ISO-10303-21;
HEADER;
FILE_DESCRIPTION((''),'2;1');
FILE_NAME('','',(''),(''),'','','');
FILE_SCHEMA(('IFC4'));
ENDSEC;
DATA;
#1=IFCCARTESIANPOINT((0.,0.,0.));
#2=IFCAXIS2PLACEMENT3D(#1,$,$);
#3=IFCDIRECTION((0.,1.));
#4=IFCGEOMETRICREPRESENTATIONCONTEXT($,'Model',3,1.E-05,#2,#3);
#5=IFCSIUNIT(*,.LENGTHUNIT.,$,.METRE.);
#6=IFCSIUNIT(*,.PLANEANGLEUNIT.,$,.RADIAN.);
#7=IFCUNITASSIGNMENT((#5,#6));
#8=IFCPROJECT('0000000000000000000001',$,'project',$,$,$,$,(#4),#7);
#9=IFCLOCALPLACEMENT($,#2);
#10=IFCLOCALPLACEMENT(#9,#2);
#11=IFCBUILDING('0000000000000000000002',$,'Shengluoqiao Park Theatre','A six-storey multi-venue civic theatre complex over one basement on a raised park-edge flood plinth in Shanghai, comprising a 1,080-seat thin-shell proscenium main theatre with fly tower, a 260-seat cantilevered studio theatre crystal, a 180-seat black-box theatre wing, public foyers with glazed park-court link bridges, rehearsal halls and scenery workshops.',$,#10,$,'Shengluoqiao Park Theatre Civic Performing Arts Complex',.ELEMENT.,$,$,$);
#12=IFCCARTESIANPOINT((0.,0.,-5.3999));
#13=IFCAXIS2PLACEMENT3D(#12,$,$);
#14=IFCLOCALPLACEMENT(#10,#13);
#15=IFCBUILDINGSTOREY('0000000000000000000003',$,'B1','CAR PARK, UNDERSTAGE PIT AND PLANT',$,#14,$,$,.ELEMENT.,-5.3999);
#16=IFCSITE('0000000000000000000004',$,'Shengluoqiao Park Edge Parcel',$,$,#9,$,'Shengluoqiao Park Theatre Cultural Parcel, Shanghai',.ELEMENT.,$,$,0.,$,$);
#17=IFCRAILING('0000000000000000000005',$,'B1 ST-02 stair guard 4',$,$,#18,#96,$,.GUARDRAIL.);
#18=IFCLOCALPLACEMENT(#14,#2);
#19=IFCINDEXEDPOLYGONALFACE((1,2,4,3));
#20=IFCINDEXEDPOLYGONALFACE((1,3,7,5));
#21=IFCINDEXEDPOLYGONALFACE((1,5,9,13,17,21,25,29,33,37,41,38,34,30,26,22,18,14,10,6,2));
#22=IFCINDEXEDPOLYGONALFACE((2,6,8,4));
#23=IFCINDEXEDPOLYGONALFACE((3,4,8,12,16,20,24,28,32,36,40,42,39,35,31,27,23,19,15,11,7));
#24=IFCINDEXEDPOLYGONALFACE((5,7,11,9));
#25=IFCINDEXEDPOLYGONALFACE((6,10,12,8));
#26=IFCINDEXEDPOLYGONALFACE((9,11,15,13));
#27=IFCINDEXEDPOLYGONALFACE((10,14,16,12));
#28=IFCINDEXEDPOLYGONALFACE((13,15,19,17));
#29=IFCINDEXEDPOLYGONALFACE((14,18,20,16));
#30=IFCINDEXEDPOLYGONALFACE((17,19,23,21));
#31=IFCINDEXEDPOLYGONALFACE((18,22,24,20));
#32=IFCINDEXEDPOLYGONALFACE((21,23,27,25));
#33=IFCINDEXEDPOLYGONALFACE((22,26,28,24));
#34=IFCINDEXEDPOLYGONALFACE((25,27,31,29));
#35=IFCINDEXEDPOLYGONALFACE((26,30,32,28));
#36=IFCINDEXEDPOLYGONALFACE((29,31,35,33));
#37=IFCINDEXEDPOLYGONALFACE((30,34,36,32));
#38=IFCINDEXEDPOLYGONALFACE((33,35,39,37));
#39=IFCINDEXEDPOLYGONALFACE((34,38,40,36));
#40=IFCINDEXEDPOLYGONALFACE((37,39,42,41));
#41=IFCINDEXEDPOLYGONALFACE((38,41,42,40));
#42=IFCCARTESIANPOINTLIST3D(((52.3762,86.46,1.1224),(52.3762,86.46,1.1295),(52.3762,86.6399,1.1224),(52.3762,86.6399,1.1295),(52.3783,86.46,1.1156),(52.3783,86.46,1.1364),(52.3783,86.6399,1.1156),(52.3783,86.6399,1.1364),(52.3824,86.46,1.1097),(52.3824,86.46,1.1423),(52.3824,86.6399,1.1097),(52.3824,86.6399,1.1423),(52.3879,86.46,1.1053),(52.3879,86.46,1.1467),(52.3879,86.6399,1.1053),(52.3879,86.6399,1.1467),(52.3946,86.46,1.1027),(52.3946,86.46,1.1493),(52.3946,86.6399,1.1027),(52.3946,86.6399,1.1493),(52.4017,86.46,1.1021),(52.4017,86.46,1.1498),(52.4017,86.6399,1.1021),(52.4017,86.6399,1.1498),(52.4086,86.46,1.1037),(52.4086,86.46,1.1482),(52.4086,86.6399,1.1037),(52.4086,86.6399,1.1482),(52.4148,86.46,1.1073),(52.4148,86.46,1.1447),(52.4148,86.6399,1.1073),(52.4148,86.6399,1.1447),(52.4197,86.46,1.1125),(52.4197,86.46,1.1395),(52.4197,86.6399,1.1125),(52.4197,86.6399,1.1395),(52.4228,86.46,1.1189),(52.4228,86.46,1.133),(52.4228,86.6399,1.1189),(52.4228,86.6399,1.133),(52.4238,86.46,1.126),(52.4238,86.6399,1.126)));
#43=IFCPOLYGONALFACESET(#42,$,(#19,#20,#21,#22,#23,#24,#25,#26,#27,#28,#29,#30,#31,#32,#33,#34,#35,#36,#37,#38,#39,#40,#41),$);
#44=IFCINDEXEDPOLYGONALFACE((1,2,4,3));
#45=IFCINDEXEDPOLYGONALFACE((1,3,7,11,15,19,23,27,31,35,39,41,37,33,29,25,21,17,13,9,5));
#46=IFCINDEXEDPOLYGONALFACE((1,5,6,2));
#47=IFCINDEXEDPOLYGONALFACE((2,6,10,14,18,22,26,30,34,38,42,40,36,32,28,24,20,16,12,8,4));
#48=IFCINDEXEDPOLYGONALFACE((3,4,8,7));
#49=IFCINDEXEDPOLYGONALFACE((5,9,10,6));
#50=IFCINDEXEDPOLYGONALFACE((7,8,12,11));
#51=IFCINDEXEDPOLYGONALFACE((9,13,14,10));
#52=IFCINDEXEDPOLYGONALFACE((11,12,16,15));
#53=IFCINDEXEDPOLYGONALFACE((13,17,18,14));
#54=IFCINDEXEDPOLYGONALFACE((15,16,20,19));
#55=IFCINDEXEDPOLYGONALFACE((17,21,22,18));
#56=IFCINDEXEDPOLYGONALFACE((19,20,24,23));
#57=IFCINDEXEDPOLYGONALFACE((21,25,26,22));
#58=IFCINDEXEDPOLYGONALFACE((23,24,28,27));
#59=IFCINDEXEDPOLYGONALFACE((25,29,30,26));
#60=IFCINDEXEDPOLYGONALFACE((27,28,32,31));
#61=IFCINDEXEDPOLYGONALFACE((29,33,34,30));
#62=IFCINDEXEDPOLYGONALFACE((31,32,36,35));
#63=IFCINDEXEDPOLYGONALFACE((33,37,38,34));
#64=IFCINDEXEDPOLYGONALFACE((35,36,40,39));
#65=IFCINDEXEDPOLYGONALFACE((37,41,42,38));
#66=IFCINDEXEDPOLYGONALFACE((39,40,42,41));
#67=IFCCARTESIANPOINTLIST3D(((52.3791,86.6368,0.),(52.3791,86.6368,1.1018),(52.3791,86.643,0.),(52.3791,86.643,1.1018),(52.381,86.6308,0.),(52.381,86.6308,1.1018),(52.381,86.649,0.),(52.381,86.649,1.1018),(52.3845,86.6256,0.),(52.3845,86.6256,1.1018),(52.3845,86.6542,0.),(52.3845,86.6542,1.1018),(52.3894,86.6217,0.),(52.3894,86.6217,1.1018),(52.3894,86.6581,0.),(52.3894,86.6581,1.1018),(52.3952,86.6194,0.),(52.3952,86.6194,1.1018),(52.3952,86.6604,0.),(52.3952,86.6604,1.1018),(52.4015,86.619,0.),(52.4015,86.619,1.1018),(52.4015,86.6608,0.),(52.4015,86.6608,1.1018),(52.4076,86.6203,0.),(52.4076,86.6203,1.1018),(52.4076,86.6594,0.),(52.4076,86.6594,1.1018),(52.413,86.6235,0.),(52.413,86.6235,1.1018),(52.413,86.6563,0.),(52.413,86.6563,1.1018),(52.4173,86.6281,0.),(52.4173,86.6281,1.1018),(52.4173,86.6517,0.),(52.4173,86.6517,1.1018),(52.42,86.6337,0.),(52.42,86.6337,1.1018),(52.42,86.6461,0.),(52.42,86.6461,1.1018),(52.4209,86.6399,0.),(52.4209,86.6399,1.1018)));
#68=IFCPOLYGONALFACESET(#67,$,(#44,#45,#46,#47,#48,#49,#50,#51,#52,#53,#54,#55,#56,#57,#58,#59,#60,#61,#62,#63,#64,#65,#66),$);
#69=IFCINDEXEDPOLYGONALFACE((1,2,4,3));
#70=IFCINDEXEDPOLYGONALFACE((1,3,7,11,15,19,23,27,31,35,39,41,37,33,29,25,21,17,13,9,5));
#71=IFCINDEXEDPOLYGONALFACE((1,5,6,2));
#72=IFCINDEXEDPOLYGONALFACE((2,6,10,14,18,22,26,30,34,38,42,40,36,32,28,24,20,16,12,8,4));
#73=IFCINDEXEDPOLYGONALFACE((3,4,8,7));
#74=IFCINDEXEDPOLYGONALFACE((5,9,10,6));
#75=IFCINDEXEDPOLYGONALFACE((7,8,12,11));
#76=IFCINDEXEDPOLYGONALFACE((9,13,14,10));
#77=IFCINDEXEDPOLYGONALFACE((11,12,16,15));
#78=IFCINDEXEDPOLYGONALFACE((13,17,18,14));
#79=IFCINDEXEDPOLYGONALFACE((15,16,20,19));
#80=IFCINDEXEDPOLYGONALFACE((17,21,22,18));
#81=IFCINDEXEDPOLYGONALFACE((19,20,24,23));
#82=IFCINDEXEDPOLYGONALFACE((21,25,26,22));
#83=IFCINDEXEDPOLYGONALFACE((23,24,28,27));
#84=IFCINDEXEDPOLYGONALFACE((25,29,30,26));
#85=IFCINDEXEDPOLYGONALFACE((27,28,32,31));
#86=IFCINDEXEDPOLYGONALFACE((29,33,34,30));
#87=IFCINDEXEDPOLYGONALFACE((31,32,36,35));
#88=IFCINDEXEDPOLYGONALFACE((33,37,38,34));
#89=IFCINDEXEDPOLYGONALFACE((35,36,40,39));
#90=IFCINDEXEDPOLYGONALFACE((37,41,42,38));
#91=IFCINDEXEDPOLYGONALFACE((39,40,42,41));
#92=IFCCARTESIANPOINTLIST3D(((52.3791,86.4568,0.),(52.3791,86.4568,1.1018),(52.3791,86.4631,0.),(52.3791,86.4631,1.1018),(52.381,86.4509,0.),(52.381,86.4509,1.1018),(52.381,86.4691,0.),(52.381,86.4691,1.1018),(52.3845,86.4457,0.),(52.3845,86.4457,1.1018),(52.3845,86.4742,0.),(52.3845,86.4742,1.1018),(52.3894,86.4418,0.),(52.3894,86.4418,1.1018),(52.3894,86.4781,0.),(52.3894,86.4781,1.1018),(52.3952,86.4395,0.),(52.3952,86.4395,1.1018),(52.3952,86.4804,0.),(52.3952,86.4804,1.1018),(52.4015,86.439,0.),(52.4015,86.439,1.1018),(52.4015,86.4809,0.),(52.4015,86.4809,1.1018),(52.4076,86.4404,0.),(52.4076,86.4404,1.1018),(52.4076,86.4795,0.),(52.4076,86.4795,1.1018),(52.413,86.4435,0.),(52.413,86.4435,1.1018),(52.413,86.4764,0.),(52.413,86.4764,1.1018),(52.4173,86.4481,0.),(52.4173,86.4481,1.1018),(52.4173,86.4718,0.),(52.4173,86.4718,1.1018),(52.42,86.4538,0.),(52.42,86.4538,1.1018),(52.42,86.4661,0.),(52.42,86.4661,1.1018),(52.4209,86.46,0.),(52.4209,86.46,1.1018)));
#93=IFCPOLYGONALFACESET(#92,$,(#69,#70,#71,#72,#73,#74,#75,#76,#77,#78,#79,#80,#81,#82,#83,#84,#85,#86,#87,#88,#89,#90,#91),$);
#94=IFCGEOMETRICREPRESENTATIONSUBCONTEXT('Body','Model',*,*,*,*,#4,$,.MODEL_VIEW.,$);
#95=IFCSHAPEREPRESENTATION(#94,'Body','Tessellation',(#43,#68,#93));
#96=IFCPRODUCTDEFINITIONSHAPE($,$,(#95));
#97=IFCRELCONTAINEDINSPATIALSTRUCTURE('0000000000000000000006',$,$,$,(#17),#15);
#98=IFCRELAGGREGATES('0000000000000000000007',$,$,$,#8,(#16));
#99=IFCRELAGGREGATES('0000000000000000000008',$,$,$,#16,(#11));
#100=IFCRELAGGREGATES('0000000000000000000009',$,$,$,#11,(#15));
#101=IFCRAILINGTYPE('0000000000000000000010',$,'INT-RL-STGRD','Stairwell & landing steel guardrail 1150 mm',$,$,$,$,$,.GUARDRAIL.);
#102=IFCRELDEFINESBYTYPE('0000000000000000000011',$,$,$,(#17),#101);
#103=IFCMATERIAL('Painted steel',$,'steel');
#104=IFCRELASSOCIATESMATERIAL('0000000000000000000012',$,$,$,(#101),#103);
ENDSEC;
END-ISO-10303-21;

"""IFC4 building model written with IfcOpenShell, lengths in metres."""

from ifc_helpers import new_model, si_unit, direction, frame, origin, origin_2d, place, context, subcontext, project, spatial, circle, extrude, material, type_object, element, save


model = new_model("IFC4")

# Units and contexts
model_context = context("Model", 3, precision=1e-05, world=origin(), true_north=direction((0.0, 1.0)))
body_context = subcontext(model_context, "Body", "Model", "MODEL_VIEW")
ifc_project = project(units=[si_unit("LENGTHUNIT", "METRE"), si_unit("PLANEANGLEUNIT", "RADIAN")], contexts=[model_context])

# Site, building, storey
site_placement = place(None, origin())
site = spatial("IfcSite", under=ifc_project, at=site_placement, Name="Shengluoqiao Park Edge Parcel", LongName="Shengluoqiao Park Theatre Cultural Parcel, Shanghai", CompositionType="ELEMENT", RefElevation=0.0)
building_placement = place(site_placement, origin())
building = spatial("IfcBuilding", under=site, at=building_placement, Name="Shengluoqiao Park Theatre", Description="A six-storey multi-venue civic theatre complex over one basement on a raised park-edge flood plinth in Shanghai, comprising a 1,080-seat thin-shell proscenium main theatre with fly tower, a 260-seat cantilevered studio theatre crystal, a 180-seat black-box theatre wing, public foyers with glazed park-court link bridges, rehearsal halls and scenery workshops.", LongName="Shengluoqiao Park Theatre Civic Performing Arts Complex", CompositionType="ELEMENT")
storey_placement = place(building_placement, frame((0.0, 0.0, -5.3999)))
storey = spatial("IfcBuildingStorey", under=building, at=storey_placement, Name="B1", Description="CAR PARK, UNDERSTAGE PIT AND PLANT", CompositionType="ELEMENT", Elevation=-5.3999)

# Railing
ifc_material_1 = material(Name="Painted steel", Category="steel")
railing_type_1 = type_object("IfcRailingType", Name="INT-RL-STGRD", Description="Stairwell & landing steel guardrail 1150 mm", PredefinedType="GUARDRAIL", material=ifc_material_1)
railing_1_placement = place(storey_placement, frame((52.3999, 86.6399, 0.0)))
element("IfcRailing", 1, at=railing_1_placement, inside=storey, type_object=railing_type_1, Name="B1 ST-02 stair guard 4", PredefinedType="GUARDRAIL", context=body_context, shape_type="SweptSolid", body=[
    extrude(circle(Radius=0.0239, at=origin_2d()), frame((0.0, 0.0, 1.126), z_axis=(0.0, -1.0, 0.0), x_axis=(1.0, 0.0, 0.0)), (0.0, 0.0, 1.0), 0.1799),
    extrude(circle(Radius=0.021, at=origin_2d()), origin(), (0.0, 0.0, 1.0), 1.1018),
    extrude(circle(Radius=0.021, at=origin_2d()), frame((0.0, -0.1799, 0.0)), (0.0, 0.0, 1.0), 1.1018),
])

save(model, "model.ifc")
